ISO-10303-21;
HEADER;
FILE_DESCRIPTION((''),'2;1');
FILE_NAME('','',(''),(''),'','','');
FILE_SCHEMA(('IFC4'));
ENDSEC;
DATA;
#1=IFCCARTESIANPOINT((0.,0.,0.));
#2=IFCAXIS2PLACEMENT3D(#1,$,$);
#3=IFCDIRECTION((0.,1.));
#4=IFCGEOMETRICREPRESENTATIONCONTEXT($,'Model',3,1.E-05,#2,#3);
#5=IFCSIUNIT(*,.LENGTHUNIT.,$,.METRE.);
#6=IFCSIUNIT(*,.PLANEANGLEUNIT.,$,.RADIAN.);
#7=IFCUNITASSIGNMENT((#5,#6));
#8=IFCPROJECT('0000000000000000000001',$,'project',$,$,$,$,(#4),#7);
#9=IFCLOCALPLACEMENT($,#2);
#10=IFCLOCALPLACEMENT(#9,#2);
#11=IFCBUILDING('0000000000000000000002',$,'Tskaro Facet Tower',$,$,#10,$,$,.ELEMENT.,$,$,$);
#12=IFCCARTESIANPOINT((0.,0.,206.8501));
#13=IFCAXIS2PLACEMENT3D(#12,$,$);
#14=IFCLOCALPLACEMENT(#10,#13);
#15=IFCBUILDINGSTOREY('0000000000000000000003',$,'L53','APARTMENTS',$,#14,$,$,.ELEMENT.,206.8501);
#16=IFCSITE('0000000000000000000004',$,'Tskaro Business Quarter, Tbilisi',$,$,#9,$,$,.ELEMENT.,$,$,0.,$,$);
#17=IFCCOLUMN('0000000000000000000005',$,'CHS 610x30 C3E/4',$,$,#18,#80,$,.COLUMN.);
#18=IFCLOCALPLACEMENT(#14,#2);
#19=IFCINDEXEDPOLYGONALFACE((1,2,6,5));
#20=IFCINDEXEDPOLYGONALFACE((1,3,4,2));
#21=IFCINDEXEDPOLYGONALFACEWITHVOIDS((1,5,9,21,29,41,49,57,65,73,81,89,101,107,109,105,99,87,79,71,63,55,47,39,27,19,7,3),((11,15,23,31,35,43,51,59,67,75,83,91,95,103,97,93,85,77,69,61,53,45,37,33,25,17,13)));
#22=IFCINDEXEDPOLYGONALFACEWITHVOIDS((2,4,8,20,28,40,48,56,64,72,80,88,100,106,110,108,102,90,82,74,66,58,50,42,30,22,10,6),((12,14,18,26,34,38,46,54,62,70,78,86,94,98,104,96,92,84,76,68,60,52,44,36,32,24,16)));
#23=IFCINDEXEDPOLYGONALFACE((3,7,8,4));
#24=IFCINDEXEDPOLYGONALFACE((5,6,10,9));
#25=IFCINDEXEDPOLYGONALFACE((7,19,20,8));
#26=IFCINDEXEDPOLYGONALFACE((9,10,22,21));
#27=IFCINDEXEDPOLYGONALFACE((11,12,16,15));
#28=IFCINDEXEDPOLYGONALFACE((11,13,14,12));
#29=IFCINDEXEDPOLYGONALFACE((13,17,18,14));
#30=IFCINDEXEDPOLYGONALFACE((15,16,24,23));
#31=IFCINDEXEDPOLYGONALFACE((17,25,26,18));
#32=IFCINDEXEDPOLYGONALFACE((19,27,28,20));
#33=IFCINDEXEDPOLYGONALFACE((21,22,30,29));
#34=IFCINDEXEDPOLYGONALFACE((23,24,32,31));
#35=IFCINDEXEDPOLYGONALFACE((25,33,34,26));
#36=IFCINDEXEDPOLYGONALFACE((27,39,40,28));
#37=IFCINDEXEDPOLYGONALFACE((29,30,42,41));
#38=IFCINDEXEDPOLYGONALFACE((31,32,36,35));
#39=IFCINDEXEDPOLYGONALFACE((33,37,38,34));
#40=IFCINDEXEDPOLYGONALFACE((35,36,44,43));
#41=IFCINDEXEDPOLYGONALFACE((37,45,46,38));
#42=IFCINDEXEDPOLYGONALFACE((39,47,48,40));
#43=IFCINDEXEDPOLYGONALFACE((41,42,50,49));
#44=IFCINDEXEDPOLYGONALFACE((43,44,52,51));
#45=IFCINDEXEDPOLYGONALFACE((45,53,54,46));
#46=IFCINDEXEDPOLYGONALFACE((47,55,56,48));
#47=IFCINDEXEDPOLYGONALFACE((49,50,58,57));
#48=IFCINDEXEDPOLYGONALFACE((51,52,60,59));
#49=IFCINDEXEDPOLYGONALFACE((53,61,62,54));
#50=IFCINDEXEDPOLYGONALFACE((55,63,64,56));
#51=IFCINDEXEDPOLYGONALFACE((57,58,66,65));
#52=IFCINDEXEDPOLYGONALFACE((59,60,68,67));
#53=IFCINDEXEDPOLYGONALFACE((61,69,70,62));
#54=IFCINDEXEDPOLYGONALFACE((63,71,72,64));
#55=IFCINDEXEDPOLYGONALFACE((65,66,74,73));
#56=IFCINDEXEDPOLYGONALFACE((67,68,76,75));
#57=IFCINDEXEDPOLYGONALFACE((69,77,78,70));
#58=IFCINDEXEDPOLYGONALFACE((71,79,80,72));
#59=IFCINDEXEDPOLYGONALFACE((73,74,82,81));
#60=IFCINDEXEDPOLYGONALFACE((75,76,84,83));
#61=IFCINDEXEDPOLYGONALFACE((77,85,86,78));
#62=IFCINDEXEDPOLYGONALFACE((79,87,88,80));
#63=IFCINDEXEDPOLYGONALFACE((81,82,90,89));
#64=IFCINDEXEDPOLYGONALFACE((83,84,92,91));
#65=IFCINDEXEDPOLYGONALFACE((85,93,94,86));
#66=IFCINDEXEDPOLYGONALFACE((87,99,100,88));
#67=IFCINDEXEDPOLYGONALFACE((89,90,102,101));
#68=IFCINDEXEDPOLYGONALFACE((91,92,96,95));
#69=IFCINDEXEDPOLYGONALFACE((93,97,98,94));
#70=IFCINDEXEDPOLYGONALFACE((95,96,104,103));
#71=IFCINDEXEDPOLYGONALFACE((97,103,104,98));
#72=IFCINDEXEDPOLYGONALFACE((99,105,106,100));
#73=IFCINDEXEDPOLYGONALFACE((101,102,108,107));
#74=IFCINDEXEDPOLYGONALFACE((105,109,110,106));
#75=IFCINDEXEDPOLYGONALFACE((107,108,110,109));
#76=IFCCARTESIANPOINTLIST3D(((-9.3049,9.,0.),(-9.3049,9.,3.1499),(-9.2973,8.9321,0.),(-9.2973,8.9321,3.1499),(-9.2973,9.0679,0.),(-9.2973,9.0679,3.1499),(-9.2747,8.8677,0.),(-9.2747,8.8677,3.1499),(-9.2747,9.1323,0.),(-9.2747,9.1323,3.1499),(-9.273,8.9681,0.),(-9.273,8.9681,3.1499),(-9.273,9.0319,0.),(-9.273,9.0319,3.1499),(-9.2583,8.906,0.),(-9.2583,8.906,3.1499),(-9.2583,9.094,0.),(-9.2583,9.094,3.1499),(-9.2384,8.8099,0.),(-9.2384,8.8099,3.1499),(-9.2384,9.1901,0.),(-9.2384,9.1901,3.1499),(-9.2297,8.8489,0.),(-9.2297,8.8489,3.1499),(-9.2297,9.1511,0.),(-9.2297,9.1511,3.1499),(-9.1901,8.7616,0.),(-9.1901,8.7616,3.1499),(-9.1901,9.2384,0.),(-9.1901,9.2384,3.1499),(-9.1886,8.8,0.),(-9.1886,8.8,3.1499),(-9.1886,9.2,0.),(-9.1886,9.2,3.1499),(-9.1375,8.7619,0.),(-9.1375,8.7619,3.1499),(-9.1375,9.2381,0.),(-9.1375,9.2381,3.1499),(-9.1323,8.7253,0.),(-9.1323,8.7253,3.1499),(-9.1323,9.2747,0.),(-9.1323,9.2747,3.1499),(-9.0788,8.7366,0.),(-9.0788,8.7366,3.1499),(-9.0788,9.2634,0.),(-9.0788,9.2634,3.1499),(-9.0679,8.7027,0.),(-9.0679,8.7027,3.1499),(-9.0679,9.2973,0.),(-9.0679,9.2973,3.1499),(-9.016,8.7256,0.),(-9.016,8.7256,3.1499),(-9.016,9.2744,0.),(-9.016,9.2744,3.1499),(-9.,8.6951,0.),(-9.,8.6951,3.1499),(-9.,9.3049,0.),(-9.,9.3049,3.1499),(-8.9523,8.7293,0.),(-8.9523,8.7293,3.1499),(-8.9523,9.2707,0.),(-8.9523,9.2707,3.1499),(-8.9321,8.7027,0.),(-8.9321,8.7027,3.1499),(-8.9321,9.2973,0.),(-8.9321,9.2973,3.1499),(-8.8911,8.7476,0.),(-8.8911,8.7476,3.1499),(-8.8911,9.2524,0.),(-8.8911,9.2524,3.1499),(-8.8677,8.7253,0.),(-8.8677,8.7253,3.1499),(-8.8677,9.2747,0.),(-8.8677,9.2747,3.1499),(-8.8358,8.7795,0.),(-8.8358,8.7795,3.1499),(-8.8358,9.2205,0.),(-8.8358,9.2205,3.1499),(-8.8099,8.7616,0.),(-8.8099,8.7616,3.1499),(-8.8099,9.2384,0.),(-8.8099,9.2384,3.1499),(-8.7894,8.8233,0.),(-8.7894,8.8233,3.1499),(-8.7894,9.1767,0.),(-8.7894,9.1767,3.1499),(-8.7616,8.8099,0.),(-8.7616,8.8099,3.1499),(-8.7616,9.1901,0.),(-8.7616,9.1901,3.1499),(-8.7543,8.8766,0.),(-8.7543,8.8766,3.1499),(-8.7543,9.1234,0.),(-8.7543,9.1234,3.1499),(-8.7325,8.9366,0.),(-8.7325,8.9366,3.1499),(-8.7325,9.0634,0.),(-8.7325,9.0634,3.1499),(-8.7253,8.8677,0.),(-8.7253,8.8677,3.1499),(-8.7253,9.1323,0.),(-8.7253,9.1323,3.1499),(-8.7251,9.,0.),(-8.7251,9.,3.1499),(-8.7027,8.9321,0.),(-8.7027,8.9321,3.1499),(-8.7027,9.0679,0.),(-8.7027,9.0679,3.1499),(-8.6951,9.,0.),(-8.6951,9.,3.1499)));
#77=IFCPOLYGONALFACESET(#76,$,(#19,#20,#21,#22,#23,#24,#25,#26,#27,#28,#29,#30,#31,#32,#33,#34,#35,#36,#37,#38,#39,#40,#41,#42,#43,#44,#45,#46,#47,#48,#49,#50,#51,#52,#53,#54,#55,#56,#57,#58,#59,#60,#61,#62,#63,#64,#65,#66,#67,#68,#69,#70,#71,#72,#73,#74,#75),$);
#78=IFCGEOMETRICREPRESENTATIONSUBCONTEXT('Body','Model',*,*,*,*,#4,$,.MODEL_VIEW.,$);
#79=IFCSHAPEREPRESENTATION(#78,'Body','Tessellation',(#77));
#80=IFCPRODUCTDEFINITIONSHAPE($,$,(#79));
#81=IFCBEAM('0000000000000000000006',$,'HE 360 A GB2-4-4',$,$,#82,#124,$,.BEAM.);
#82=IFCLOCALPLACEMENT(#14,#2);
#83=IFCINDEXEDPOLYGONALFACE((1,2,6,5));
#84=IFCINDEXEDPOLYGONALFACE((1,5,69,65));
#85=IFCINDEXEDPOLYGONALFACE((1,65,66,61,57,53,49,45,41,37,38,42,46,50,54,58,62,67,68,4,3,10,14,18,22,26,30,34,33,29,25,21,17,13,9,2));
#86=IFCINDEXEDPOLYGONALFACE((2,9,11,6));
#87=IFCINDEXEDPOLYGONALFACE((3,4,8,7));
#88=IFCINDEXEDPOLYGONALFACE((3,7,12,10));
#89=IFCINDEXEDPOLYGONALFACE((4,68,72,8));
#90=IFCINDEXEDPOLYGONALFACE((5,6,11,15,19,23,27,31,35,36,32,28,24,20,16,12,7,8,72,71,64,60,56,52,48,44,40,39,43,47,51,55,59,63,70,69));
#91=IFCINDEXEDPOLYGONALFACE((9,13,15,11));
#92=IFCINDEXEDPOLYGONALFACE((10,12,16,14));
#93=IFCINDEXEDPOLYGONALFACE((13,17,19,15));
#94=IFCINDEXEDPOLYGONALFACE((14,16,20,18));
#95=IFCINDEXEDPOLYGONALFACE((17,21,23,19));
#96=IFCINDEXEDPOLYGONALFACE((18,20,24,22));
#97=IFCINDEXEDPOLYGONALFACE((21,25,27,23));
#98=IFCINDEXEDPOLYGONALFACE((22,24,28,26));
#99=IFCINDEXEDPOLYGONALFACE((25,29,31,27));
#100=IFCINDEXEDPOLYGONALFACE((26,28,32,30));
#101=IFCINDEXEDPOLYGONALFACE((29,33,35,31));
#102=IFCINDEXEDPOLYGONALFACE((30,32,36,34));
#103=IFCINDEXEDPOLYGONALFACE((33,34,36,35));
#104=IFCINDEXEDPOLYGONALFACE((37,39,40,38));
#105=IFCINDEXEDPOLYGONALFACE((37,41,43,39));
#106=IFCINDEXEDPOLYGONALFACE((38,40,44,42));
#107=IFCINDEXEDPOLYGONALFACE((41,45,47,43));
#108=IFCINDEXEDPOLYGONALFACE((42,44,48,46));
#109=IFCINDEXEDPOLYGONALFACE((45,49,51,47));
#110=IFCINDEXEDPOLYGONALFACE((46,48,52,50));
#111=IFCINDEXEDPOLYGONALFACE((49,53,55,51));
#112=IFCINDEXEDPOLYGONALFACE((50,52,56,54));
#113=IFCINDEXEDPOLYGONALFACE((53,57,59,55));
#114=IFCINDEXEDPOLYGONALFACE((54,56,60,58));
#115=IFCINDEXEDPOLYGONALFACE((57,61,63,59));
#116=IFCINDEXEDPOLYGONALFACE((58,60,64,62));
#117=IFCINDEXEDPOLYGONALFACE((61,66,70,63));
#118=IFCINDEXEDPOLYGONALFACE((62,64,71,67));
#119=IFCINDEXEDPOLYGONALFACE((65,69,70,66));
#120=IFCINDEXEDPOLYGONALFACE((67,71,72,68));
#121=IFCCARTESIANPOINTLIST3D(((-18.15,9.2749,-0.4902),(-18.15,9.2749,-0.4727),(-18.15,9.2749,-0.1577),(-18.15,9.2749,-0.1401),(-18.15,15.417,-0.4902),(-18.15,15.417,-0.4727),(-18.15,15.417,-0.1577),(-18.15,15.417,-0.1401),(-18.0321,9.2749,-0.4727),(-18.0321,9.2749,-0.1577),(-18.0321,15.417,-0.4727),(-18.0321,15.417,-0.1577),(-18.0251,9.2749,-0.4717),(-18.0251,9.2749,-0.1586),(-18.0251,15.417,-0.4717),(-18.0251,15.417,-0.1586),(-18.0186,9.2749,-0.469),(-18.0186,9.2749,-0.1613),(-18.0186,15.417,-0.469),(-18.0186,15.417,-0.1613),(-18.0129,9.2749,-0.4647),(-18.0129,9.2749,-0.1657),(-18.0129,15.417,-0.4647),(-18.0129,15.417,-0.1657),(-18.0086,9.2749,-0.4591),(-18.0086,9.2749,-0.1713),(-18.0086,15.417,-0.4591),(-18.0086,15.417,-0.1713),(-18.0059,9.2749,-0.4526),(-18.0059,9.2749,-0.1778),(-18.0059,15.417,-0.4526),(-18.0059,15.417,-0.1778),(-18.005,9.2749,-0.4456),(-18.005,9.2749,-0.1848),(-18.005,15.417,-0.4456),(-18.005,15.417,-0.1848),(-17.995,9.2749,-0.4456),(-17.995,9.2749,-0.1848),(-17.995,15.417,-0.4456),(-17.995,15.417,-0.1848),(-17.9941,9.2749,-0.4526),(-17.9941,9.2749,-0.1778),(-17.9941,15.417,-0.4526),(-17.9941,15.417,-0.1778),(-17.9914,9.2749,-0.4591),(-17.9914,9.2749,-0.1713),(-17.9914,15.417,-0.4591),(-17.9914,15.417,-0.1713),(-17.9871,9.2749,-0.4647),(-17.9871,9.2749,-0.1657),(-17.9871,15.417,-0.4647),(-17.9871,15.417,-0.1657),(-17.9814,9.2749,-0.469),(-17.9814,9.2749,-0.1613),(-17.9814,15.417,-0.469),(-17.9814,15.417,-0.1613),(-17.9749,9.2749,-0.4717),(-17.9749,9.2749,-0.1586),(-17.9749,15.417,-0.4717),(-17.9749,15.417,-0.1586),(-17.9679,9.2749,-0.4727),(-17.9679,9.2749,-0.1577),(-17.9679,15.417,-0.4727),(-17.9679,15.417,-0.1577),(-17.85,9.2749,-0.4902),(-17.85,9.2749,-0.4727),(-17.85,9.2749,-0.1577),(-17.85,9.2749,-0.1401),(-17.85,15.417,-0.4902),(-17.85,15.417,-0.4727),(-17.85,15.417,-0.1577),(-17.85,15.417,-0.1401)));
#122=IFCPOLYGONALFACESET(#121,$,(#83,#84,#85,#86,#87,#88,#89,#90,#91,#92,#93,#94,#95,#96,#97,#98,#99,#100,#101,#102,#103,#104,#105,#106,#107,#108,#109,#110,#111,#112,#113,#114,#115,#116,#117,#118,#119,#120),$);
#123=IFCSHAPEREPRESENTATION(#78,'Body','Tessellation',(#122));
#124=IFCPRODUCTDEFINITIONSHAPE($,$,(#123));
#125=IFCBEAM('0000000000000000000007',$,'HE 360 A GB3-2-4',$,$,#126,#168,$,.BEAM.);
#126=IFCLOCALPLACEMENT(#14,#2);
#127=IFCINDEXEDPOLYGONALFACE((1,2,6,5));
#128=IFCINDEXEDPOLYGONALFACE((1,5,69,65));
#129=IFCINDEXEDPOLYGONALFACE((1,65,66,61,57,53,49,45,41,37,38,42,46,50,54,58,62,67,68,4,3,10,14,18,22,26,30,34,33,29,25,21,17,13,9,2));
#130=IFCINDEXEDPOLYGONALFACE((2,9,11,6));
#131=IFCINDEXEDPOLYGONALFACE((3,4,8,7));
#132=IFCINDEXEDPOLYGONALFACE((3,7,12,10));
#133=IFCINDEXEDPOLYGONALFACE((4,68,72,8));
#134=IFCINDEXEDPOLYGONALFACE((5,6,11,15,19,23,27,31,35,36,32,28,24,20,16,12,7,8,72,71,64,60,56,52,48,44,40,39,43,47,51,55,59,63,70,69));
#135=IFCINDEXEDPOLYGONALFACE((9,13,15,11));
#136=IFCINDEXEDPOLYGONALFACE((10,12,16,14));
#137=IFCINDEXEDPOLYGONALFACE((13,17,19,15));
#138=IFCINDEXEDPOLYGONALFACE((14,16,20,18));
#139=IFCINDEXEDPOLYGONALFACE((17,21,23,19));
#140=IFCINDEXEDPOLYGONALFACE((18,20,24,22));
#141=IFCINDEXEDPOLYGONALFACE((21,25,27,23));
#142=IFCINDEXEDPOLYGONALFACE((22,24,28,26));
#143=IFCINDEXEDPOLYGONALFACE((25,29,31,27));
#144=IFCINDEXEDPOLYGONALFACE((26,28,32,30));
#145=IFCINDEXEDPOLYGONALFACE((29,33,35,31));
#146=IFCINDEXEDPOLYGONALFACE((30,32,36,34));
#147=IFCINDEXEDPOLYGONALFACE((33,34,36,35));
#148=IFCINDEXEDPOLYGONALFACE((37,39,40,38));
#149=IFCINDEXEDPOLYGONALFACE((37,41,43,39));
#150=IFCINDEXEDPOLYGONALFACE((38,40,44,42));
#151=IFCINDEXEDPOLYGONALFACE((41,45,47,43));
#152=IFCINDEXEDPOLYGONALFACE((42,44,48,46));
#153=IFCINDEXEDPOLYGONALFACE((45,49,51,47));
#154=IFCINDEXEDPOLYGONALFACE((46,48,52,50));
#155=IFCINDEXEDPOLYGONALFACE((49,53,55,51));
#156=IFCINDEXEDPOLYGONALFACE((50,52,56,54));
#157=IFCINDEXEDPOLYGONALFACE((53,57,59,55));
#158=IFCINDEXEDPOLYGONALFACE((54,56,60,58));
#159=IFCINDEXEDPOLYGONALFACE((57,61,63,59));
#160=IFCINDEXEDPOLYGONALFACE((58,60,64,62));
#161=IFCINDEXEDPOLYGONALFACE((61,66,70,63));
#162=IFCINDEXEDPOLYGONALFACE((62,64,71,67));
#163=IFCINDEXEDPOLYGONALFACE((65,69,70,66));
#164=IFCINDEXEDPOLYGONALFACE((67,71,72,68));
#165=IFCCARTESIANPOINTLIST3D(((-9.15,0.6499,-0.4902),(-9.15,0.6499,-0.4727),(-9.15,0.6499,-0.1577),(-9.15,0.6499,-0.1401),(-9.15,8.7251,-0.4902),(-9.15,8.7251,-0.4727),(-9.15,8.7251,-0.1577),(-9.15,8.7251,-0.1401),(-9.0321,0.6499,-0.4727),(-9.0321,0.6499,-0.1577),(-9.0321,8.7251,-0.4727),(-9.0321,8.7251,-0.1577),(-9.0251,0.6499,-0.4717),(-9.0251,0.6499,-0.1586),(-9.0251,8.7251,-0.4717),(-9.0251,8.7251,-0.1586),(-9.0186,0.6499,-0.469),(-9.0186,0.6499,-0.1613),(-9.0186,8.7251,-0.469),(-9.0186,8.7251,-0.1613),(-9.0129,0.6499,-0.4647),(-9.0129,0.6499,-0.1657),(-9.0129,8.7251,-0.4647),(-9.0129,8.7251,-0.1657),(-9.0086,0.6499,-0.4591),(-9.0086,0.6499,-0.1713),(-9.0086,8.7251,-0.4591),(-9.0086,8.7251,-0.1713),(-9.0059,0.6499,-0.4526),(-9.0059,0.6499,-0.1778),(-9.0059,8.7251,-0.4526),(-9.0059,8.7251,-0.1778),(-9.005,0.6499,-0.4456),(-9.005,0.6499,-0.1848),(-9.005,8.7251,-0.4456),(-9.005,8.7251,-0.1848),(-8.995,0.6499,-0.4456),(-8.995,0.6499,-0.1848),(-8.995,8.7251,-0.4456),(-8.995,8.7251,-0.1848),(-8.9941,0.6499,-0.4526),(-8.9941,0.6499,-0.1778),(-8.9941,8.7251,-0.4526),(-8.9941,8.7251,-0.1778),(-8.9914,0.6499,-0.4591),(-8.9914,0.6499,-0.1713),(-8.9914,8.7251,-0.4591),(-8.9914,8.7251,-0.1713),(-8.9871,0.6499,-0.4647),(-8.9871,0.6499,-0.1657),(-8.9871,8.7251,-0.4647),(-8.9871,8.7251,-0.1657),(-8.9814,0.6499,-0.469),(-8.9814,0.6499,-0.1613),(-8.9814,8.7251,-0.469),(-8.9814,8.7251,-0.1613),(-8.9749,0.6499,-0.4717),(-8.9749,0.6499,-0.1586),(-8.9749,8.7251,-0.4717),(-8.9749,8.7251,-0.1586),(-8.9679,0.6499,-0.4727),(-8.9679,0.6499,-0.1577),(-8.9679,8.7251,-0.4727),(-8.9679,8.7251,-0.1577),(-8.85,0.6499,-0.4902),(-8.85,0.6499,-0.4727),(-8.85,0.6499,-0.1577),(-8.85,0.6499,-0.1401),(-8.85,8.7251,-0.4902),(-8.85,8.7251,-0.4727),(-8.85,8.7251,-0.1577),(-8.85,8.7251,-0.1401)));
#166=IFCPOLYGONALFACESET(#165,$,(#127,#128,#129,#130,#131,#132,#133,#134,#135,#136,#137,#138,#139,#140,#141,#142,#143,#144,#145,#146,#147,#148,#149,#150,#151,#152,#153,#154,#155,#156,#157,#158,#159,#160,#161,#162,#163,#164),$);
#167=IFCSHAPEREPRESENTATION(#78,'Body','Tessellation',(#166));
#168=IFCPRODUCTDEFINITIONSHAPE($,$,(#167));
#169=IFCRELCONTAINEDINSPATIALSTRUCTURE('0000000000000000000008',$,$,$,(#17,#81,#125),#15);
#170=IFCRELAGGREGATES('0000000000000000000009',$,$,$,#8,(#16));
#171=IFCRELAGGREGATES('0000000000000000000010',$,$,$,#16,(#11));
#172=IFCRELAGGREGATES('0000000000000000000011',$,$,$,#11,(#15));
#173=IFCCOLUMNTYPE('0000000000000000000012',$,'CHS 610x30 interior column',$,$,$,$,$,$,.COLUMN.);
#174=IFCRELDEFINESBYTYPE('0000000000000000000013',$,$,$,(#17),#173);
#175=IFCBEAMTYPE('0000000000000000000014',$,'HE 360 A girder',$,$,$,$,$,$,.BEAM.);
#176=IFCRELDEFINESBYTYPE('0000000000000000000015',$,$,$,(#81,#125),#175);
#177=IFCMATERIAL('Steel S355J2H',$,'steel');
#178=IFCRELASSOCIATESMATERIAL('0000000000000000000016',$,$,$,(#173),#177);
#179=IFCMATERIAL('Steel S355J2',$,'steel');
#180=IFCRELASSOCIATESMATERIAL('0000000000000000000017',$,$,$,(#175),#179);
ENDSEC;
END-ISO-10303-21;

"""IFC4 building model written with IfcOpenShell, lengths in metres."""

from ifc_helpers import new_model, si_unit, direction, frame, origin, origin_2d, place, context, subcontext, project, spatial, hollow_circle, i_section, extrude, material, material_profile, profile_set, type_object, element, save


model = new_model("IFC4")

# Units and contexts
model_context = context("Model", 3, precision=1e-05, world=origin(), true_north=direction((0.0, 1.0)))
body_context = subcontext(model_context, "Body", "Model", "MODEL_VIEW")
ifc_project = project(units=[si_unit("LENGTHUNIT", "METRE"), si_unit("PLANEANGLEUNIT", "RADIAN")], contexts=[model_context])

# Site, building, storey
site_placement = place(None, origin())
site = spatial("IfcSite", under=ifc_project, at=site_placement, Name="Tskaro Business Quarter, Tbilisi", CompositionType="ELEMENT", RefElevation=0.0)
building_placement = place(site_placement, origin())
building = spatial("IfcBuilding", under=site, at=building_placement, Name="Tskaro Facet Tower", CompositionType="ELEMENT")
storey_placement = place(building_placement, frame((0.0, 0.0, 206.8501)))
storey = spatial("IfcBuildingStorey", under=building, at=storey_placement, Name="L53", Description="APARTMENTS", CompositionType="ELEMENT", Elevation=206.8501)

# Column
ifc_material_1 = material(Name="Steel S355J2H", Category="steel")
ifc_material_profile_1 = material_profile(ifc_material_1, hollow_circle(Radius=0.3049, WallThickness=0.03, at=origin_2d()), Name="CHS 610x30")
ifc_profile_set_1 = profile_set([ifc_material_profile_1], Name="Steel S355J2H")
column_type = type_object("IfcColumnType", Name="CHS 610x30 interior column", PredefinedType="COLUMN", material=ifc_profile_set_1)
column_placement = place(storey_placement, frame((-9.0, 9.0, 0.0), z_axis=(0.0, 0.0, 1.0), x_axis=(1.0, 0.0, 0.0)))
element("IfcColumn", 1, at=column_placement, inside=storey, type_object=column_type, Name="CHS 610x30 C3E/4", PredefinedType="COLUMN", context=body_context, shape_type="SweptSolid", body=[
    extrude(hollow_circle(Radius=0.3049, WallThickness=0.03, at=origin_2d()), origin(), (0.0, 0.0, 1.0), 3.1499),
])

# Beams
ifc_material_2 = material(Name="Steel S355J2", Category="steel")
ifc_material_profile_2 = material_profile(ifc_material_2, i_section(OverallWidth=0.3, OverallDepth=0.3501, WebThickness=0.01, FlangeThickness=0.0176, FilletRadius=0.0271, at=origin_2d()), Name="HE 360 A")
ifc_profile_set_2 = profile_set([ifc_material_profile_2], Name="Steel S355J2")
beam_type_1 = type_object("IfcBeamType", Name="HE 360 A girder", PredefinedType="BEAM", material=ifc_profile_set_2)
beam_1_placement = place(storey_placement, frame((-18.0, 9.2749, -0.3152), z_axis=(0.0, 1.0, 0.0), x_axis=(-1.0, 0.0, 0.0)))
element("IfcBeam", 2, at=beam_1_placement, inside=storey, type_object=beam_type_1, Name="HE 360 A GB2-4-4", PredefinedType="BEAM", context=body_context, shape_type="SweptSolid", body=[
    extrude(i_section(OverallWidth=0.3, OverallDepth=0.3501, WebThickness=0.01, FlangeThickness=0.0176, FilletRadius=0.0271, at=origin_2d()), origin(), (0.0, 0.0, 1.0), 6.1421),
])
beam_2_placement = place(storey_placement, frame((-9.0, 0.6499, -0.3152), z_axis=(0.0, 1.0, 0.0), x_axis=(-1.0, 0.0, 0.0)))
element("IfcBeam", 3, at=beam_2_placement, inside=storey, type_object=beam_type_1, Name="HE 360 A GB3-2-4", PredefinedType="BEAM", context=body_context, shape_type="SweptSolid", body=[
    extrude(i_section(OverallWidth=0.3, OverallDepth=0.3501, WebThickness=0.01, FlangeThickness=0.0176, FilletRadius=0.0271, at=origin_2d()), origin(), (0.0, 0.0, 1.0), 8.0752),
])

save(model, "model.ifc")
